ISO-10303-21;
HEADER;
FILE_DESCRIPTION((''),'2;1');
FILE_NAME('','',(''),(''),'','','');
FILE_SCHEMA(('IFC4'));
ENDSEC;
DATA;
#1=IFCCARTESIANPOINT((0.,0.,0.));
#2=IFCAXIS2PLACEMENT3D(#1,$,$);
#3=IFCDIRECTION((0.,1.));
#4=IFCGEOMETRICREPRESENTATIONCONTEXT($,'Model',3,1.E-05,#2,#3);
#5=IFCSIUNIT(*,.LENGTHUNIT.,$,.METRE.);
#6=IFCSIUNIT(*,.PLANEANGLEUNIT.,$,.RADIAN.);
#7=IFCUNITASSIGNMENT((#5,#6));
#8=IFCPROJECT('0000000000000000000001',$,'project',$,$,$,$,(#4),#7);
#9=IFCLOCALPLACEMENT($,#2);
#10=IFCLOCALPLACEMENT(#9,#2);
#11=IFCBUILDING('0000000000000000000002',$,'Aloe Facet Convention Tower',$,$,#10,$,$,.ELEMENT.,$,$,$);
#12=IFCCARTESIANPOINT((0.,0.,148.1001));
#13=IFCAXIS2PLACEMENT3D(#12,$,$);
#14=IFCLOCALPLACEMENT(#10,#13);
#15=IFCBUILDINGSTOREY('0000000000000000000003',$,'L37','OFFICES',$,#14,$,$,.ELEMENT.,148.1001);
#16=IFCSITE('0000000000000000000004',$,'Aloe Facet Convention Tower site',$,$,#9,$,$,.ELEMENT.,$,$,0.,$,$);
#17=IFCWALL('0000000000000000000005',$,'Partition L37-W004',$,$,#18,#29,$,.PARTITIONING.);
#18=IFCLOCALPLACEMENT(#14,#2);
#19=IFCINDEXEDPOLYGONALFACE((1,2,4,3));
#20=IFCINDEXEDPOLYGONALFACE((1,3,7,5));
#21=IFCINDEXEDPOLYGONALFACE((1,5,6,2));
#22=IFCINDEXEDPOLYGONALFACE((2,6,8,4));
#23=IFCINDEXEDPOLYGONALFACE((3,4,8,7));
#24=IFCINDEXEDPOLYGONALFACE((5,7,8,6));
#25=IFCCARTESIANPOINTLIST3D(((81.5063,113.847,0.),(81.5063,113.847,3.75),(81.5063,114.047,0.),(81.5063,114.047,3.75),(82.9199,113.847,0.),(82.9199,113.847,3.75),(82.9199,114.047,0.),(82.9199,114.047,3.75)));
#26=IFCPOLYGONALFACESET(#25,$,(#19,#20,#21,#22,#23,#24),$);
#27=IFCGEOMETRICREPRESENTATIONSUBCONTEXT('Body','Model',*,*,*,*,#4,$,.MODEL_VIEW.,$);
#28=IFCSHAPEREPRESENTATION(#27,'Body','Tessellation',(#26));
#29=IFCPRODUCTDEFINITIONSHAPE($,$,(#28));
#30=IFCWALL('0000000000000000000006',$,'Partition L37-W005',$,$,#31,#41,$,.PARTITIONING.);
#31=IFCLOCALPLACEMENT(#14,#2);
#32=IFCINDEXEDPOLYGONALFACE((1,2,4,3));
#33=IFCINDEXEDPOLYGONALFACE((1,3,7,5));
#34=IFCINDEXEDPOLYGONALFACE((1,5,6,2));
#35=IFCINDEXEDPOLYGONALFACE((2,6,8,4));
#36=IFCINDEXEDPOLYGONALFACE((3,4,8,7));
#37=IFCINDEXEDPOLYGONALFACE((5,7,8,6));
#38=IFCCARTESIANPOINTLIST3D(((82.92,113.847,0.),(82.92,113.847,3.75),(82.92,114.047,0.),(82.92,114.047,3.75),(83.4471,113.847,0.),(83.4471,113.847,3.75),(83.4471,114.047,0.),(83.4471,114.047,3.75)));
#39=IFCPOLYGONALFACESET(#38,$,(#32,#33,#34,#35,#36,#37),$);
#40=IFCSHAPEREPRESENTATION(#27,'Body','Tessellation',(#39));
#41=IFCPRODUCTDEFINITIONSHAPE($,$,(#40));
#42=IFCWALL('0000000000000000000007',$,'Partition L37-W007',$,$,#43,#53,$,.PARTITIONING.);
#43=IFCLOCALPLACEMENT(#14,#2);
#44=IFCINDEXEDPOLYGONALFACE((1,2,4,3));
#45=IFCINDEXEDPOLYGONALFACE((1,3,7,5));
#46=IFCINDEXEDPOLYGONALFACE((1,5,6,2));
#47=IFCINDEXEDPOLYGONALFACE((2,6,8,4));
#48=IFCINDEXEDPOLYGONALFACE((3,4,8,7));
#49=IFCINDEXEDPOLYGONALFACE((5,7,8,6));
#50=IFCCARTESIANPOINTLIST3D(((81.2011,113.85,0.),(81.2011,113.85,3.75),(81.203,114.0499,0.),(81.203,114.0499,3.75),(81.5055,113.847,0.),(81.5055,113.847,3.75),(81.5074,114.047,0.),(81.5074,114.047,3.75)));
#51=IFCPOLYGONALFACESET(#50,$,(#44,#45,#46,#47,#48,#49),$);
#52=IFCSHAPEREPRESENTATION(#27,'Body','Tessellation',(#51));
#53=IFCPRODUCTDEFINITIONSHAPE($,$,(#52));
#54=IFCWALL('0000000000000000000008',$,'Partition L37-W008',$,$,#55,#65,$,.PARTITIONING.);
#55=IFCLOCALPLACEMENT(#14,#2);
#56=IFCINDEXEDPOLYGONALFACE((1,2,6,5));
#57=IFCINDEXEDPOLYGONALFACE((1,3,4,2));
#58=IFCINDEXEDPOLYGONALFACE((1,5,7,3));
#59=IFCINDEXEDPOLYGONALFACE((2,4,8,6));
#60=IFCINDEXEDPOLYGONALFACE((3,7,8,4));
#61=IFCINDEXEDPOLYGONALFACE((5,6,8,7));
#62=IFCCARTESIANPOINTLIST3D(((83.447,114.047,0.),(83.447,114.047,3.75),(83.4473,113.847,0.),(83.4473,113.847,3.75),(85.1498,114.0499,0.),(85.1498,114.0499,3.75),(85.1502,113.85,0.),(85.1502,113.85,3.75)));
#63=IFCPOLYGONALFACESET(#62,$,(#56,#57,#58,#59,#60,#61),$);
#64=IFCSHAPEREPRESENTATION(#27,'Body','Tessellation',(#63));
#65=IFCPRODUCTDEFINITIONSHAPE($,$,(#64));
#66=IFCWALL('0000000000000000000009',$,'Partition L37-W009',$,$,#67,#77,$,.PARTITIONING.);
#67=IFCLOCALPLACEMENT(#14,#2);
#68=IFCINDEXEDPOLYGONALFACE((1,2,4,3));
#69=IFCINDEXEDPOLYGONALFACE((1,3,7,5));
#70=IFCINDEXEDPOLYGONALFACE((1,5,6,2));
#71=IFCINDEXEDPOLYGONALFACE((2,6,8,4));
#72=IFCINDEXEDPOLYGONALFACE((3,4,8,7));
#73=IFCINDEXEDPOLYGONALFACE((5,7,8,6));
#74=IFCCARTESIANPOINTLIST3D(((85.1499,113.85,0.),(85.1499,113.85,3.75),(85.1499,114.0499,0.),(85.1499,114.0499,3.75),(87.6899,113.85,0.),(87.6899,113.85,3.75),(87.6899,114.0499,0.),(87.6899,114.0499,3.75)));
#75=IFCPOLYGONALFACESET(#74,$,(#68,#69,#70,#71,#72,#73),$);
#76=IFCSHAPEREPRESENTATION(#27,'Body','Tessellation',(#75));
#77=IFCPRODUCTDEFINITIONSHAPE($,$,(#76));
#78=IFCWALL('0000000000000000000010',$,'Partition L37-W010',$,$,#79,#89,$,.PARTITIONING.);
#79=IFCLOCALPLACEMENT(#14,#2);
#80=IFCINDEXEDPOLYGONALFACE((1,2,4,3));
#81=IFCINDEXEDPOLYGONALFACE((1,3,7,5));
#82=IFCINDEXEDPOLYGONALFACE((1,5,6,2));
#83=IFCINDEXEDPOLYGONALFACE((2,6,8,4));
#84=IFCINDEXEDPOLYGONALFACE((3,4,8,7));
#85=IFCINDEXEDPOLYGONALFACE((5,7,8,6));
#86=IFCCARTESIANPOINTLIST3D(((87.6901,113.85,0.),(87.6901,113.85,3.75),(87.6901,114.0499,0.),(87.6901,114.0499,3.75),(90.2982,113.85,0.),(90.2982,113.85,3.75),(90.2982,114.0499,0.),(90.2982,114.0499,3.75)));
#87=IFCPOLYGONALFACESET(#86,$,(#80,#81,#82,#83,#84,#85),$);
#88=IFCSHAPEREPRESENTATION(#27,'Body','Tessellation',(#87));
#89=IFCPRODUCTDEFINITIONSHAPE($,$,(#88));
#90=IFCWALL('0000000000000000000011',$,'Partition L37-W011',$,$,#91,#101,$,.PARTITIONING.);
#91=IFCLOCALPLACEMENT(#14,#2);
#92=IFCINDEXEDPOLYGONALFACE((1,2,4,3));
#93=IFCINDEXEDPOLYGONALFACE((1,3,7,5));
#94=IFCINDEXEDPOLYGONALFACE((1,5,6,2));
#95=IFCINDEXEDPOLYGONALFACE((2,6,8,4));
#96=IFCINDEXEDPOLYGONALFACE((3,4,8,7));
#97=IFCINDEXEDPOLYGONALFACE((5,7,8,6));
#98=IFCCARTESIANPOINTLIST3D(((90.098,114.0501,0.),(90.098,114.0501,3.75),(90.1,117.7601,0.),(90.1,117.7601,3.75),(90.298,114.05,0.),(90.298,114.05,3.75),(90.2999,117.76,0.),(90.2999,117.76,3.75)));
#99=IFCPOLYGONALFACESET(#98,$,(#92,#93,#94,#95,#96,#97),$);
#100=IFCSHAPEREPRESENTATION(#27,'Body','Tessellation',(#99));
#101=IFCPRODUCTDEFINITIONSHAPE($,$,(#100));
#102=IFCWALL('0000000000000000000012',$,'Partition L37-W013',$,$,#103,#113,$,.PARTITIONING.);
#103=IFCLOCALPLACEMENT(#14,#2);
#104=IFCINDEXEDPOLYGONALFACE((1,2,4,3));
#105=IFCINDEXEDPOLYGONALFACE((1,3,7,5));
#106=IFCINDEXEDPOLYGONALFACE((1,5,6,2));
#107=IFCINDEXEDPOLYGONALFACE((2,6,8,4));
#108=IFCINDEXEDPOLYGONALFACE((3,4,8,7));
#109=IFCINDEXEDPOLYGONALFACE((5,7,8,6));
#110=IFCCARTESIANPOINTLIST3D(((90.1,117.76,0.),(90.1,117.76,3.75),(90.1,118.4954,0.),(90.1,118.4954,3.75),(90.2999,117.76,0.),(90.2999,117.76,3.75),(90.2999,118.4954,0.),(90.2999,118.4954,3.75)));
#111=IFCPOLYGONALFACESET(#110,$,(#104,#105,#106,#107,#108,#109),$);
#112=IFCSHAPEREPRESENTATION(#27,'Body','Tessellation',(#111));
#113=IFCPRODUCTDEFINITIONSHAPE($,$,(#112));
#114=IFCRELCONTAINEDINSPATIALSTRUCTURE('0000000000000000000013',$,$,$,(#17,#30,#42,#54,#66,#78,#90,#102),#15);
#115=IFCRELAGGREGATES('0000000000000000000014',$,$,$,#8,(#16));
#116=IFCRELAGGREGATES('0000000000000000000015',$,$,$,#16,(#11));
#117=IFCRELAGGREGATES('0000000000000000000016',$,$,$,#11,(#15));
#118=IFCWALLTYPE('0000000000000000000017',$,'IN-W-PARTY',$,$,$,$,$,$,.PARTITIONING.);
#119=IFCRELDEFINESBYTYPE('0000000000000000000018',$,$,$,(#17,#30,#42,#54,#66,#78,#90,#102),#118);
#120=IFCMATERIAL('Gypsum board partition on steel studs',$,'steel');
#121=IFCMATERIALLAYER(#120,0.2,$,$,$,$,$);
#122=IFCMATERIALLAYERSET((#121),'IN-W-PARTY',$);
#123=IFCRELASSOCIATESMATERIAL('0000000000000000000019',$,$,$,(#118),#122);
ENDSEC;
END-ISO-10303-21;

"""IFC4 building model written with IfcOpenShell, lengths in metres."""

from ifc_helpers import new_model, si_unit, direction, frame, frame_2d, origin, place, context, subcontext, project, spatial, rectangle, extrude, material, layer, layer_set, type_object, element, save


model = new_model("IFC4")

# Units and contexts
model_context = context("Model", 3, precision=1e-05, world=origin(), true_north=direction((0.0, 1.0)))
body_context = subcontext(model_context, "Body", "Model", "MODEL_VIEW")
ifc_project = project(units=[si_unit("LENGTHUNIT", "METRE"), si_unit("PLANEANGLEUNIT", "RADIAN")], contexts=[model_context])

# Site, building, storey
site_placement = place(None, origin())
site = spatial("IfcSite", under=ifc_project, at=site_placement, Name="Aloe Facet Convention Tower site", CompositionType="ELEMENT", RefElevation=0.0)
building_placement = place(site_placement, origin())
building = spatial("IfcBuilding", under=site, at=building_placement, Name="Aloe Facet Convention Tower", CompositionType="ELEMENT")
storey_placement = place(building_placement, frame((0.0, 0.0, 148.1001)))
storey = spatial("IfcBuildingStorey", under=building, at=storey_placement, Name="L37", Description="OFFICES", CompositionType="ELEMENT", Elevation=148.1001)

# Walls
ifc_material_1 = material(Name="Gypsum board partition on steel studs", Category="steel")
ifc_layer_1 = layer(ifc_material_1, 0.2)
ifc_layer_set_1 = layer_set([ifc_layer_1], Name="IN-W-PARTY")
wall_type_1 = type_object("IfcWallType", Name="IN-W-PARTY", PredefinedType="PARTITIONING", material=ifc_layer_set_1)
wall_1_placement = place(storey_placement, frame((81.5063, 113.947, 0.0), z_axis=(0.0, 0.0, 1.0), x_axis=(1.0, 0.0, 0.0)))
element("IfcWall", 1, at=wall_1_placement, inside=storey, type_object=wall_type_1, Name="Partition L37-W004", PredefinedType="PARTITIONING", context=body_context, shape_type="SweptSolid", body=[
    extrude(rectangle(XDim=1.4136, YDim=0.2, at=frame_2d((0.7068, 0.0))), origin(), (0.0, 0.0, 1.0), 3.75),
])
wall_2_placement = place(storey_placement, frame((82.9199, 113.947, 0.0), z_axis=(0.0, 0.0, 1.0), x_axis=(1.0, 0.0, 0.0)))
element("IfcWall", 2, at=wall_2_placement, inside=storey, type_object=wall_type_1, Name="Partition L37-W005", PredefinedType="PARTITIONING", context=body_context, shape_type="SweptSolid", body=[
    extrude(rectangle(XDim=0.5271, YDim=0.2, at=frame_2d((0.2637, 0.0))), origin(), (0.0, 0.0, 1.0), 3.75),
])
wall_3_placement = place(storey_placement, frame((81.2019, 113.95, 0.0), z_axis=(0.0, 0.0, 1.0), x_axis=(0.999954, -0.009623, 0.0)))
element("IfcWall", 3, at=wall_3_placement, inside=storey, type_object=wall_type_1, Name="Partition L37-W007", PredefinedType="PARTITIONING", context=body_context, shape_type="SweptSolid", body=[
    extrude(rectangle(XDim=0.3044, YDim=0.2, at=frame_2d((0.1523, 0.0))), origin(), (0.0, 0.0, 1.0), 3.75),
])
wall_4_placement = place(storey_placement, frame((83.447, 113.947, 0.0), z_axis=(0.0, 0.0, 1.0), x_axis=(0.999999, 0.00172, 0.0)))
element("IfcWall", 4, at=wall_4_placement, inside=storey, type_object=wall_type_1, Name="Partition L37-W008", PredefinedType="PARTITIONING", context=body_context, shape_type="SweptSolid", body=[
    extrude(rectangle(XDim=1.7029, YDim=0.2, at=frame_2d((0.8516, 0.0))), origin(), (0.0, 0.0, 1.0), 3.75),
])
wall_5_placement = place(storey_placement, frame((85.1499, 113.95, 0.0), z_axis=(0.0, 0.0, 1.0), x_axis=(1.0, 0.0, 0.0)))
element("IfcWall", 5, at=wall_5_placement, inside=storey, type_object=wall_type_1, Name="Partition L37-W009", PredefinedType="PARTITIONING", context=body_context, shape_type="SweptSolid", body=[
    extrude(rectangle(XDim=2.54, YDim=0.2, at=frame_2d((1.27, 0.0))), origin(), (0.0, 0.0, 1.0), 3.75),
])
wall_6_placement = place(storey_placement, frame((87.6899, 113.95, 0.0), z_axis=(0.0, 0.0, 1.0), x_axis=(1.0, 0.0, 0.0)))
element("IfcWall", 6, at=wall_6_placement, inside=storey, type_object=wall_type_1, Name="Partition L37-W010", PredefinedType="PARTITIONING", context=body_context, shape_type="SweptSolid", body=[
    extrude(rectangle(XDim=2.6082, YDim=0.2, at=frame_2d((1.3042, 0.0))), origin(), (0.0, 0.0, 1.0), 3.75),
])
wall_7_placement = place(storey_placement, frame((90.198, 114.05, 0.0), z_axis=(0.0, 0.0, 1.0), x_axis=(0.000526, 1.0, 0.0)))
element("IfcWall", 7, at=wall_7_placement, inside=storey, type_object=wall_type_1, Name="Partition L37-W011", PredefinedType="PARTITIONING", context=body_context, shape_type="SweptSolid", body=[
    extrude(rectangle(XDim=3.71, YDim=0.2, at=frame_2d((1.855, 0.0))), origin(), (0.0, 0.0, 1.0), 3.75),
])
wall_8_placement = place(storey_placement, frame((90.2, 117.76, 0.0), z_axis=(0.0, 0.0, 1.0), x_axis=(0.0, 1.0, 0.0)))
element("IfcWall", 8, at=wall_8_placement, inside=storey, type_object=wall_type_1, Name="Partition L37-W013", PredefinedType="PARTITIONING", context=body_context, shape_type="SweptSolid", body=[
    extrude(rectangle(XDim=0.7354, YDim=0.2, at=frame_2d((0.3677, 0.0))), origin(), (0.0, 0.0, 1.0), 3.75),
])

save(model, "model.ifc")
